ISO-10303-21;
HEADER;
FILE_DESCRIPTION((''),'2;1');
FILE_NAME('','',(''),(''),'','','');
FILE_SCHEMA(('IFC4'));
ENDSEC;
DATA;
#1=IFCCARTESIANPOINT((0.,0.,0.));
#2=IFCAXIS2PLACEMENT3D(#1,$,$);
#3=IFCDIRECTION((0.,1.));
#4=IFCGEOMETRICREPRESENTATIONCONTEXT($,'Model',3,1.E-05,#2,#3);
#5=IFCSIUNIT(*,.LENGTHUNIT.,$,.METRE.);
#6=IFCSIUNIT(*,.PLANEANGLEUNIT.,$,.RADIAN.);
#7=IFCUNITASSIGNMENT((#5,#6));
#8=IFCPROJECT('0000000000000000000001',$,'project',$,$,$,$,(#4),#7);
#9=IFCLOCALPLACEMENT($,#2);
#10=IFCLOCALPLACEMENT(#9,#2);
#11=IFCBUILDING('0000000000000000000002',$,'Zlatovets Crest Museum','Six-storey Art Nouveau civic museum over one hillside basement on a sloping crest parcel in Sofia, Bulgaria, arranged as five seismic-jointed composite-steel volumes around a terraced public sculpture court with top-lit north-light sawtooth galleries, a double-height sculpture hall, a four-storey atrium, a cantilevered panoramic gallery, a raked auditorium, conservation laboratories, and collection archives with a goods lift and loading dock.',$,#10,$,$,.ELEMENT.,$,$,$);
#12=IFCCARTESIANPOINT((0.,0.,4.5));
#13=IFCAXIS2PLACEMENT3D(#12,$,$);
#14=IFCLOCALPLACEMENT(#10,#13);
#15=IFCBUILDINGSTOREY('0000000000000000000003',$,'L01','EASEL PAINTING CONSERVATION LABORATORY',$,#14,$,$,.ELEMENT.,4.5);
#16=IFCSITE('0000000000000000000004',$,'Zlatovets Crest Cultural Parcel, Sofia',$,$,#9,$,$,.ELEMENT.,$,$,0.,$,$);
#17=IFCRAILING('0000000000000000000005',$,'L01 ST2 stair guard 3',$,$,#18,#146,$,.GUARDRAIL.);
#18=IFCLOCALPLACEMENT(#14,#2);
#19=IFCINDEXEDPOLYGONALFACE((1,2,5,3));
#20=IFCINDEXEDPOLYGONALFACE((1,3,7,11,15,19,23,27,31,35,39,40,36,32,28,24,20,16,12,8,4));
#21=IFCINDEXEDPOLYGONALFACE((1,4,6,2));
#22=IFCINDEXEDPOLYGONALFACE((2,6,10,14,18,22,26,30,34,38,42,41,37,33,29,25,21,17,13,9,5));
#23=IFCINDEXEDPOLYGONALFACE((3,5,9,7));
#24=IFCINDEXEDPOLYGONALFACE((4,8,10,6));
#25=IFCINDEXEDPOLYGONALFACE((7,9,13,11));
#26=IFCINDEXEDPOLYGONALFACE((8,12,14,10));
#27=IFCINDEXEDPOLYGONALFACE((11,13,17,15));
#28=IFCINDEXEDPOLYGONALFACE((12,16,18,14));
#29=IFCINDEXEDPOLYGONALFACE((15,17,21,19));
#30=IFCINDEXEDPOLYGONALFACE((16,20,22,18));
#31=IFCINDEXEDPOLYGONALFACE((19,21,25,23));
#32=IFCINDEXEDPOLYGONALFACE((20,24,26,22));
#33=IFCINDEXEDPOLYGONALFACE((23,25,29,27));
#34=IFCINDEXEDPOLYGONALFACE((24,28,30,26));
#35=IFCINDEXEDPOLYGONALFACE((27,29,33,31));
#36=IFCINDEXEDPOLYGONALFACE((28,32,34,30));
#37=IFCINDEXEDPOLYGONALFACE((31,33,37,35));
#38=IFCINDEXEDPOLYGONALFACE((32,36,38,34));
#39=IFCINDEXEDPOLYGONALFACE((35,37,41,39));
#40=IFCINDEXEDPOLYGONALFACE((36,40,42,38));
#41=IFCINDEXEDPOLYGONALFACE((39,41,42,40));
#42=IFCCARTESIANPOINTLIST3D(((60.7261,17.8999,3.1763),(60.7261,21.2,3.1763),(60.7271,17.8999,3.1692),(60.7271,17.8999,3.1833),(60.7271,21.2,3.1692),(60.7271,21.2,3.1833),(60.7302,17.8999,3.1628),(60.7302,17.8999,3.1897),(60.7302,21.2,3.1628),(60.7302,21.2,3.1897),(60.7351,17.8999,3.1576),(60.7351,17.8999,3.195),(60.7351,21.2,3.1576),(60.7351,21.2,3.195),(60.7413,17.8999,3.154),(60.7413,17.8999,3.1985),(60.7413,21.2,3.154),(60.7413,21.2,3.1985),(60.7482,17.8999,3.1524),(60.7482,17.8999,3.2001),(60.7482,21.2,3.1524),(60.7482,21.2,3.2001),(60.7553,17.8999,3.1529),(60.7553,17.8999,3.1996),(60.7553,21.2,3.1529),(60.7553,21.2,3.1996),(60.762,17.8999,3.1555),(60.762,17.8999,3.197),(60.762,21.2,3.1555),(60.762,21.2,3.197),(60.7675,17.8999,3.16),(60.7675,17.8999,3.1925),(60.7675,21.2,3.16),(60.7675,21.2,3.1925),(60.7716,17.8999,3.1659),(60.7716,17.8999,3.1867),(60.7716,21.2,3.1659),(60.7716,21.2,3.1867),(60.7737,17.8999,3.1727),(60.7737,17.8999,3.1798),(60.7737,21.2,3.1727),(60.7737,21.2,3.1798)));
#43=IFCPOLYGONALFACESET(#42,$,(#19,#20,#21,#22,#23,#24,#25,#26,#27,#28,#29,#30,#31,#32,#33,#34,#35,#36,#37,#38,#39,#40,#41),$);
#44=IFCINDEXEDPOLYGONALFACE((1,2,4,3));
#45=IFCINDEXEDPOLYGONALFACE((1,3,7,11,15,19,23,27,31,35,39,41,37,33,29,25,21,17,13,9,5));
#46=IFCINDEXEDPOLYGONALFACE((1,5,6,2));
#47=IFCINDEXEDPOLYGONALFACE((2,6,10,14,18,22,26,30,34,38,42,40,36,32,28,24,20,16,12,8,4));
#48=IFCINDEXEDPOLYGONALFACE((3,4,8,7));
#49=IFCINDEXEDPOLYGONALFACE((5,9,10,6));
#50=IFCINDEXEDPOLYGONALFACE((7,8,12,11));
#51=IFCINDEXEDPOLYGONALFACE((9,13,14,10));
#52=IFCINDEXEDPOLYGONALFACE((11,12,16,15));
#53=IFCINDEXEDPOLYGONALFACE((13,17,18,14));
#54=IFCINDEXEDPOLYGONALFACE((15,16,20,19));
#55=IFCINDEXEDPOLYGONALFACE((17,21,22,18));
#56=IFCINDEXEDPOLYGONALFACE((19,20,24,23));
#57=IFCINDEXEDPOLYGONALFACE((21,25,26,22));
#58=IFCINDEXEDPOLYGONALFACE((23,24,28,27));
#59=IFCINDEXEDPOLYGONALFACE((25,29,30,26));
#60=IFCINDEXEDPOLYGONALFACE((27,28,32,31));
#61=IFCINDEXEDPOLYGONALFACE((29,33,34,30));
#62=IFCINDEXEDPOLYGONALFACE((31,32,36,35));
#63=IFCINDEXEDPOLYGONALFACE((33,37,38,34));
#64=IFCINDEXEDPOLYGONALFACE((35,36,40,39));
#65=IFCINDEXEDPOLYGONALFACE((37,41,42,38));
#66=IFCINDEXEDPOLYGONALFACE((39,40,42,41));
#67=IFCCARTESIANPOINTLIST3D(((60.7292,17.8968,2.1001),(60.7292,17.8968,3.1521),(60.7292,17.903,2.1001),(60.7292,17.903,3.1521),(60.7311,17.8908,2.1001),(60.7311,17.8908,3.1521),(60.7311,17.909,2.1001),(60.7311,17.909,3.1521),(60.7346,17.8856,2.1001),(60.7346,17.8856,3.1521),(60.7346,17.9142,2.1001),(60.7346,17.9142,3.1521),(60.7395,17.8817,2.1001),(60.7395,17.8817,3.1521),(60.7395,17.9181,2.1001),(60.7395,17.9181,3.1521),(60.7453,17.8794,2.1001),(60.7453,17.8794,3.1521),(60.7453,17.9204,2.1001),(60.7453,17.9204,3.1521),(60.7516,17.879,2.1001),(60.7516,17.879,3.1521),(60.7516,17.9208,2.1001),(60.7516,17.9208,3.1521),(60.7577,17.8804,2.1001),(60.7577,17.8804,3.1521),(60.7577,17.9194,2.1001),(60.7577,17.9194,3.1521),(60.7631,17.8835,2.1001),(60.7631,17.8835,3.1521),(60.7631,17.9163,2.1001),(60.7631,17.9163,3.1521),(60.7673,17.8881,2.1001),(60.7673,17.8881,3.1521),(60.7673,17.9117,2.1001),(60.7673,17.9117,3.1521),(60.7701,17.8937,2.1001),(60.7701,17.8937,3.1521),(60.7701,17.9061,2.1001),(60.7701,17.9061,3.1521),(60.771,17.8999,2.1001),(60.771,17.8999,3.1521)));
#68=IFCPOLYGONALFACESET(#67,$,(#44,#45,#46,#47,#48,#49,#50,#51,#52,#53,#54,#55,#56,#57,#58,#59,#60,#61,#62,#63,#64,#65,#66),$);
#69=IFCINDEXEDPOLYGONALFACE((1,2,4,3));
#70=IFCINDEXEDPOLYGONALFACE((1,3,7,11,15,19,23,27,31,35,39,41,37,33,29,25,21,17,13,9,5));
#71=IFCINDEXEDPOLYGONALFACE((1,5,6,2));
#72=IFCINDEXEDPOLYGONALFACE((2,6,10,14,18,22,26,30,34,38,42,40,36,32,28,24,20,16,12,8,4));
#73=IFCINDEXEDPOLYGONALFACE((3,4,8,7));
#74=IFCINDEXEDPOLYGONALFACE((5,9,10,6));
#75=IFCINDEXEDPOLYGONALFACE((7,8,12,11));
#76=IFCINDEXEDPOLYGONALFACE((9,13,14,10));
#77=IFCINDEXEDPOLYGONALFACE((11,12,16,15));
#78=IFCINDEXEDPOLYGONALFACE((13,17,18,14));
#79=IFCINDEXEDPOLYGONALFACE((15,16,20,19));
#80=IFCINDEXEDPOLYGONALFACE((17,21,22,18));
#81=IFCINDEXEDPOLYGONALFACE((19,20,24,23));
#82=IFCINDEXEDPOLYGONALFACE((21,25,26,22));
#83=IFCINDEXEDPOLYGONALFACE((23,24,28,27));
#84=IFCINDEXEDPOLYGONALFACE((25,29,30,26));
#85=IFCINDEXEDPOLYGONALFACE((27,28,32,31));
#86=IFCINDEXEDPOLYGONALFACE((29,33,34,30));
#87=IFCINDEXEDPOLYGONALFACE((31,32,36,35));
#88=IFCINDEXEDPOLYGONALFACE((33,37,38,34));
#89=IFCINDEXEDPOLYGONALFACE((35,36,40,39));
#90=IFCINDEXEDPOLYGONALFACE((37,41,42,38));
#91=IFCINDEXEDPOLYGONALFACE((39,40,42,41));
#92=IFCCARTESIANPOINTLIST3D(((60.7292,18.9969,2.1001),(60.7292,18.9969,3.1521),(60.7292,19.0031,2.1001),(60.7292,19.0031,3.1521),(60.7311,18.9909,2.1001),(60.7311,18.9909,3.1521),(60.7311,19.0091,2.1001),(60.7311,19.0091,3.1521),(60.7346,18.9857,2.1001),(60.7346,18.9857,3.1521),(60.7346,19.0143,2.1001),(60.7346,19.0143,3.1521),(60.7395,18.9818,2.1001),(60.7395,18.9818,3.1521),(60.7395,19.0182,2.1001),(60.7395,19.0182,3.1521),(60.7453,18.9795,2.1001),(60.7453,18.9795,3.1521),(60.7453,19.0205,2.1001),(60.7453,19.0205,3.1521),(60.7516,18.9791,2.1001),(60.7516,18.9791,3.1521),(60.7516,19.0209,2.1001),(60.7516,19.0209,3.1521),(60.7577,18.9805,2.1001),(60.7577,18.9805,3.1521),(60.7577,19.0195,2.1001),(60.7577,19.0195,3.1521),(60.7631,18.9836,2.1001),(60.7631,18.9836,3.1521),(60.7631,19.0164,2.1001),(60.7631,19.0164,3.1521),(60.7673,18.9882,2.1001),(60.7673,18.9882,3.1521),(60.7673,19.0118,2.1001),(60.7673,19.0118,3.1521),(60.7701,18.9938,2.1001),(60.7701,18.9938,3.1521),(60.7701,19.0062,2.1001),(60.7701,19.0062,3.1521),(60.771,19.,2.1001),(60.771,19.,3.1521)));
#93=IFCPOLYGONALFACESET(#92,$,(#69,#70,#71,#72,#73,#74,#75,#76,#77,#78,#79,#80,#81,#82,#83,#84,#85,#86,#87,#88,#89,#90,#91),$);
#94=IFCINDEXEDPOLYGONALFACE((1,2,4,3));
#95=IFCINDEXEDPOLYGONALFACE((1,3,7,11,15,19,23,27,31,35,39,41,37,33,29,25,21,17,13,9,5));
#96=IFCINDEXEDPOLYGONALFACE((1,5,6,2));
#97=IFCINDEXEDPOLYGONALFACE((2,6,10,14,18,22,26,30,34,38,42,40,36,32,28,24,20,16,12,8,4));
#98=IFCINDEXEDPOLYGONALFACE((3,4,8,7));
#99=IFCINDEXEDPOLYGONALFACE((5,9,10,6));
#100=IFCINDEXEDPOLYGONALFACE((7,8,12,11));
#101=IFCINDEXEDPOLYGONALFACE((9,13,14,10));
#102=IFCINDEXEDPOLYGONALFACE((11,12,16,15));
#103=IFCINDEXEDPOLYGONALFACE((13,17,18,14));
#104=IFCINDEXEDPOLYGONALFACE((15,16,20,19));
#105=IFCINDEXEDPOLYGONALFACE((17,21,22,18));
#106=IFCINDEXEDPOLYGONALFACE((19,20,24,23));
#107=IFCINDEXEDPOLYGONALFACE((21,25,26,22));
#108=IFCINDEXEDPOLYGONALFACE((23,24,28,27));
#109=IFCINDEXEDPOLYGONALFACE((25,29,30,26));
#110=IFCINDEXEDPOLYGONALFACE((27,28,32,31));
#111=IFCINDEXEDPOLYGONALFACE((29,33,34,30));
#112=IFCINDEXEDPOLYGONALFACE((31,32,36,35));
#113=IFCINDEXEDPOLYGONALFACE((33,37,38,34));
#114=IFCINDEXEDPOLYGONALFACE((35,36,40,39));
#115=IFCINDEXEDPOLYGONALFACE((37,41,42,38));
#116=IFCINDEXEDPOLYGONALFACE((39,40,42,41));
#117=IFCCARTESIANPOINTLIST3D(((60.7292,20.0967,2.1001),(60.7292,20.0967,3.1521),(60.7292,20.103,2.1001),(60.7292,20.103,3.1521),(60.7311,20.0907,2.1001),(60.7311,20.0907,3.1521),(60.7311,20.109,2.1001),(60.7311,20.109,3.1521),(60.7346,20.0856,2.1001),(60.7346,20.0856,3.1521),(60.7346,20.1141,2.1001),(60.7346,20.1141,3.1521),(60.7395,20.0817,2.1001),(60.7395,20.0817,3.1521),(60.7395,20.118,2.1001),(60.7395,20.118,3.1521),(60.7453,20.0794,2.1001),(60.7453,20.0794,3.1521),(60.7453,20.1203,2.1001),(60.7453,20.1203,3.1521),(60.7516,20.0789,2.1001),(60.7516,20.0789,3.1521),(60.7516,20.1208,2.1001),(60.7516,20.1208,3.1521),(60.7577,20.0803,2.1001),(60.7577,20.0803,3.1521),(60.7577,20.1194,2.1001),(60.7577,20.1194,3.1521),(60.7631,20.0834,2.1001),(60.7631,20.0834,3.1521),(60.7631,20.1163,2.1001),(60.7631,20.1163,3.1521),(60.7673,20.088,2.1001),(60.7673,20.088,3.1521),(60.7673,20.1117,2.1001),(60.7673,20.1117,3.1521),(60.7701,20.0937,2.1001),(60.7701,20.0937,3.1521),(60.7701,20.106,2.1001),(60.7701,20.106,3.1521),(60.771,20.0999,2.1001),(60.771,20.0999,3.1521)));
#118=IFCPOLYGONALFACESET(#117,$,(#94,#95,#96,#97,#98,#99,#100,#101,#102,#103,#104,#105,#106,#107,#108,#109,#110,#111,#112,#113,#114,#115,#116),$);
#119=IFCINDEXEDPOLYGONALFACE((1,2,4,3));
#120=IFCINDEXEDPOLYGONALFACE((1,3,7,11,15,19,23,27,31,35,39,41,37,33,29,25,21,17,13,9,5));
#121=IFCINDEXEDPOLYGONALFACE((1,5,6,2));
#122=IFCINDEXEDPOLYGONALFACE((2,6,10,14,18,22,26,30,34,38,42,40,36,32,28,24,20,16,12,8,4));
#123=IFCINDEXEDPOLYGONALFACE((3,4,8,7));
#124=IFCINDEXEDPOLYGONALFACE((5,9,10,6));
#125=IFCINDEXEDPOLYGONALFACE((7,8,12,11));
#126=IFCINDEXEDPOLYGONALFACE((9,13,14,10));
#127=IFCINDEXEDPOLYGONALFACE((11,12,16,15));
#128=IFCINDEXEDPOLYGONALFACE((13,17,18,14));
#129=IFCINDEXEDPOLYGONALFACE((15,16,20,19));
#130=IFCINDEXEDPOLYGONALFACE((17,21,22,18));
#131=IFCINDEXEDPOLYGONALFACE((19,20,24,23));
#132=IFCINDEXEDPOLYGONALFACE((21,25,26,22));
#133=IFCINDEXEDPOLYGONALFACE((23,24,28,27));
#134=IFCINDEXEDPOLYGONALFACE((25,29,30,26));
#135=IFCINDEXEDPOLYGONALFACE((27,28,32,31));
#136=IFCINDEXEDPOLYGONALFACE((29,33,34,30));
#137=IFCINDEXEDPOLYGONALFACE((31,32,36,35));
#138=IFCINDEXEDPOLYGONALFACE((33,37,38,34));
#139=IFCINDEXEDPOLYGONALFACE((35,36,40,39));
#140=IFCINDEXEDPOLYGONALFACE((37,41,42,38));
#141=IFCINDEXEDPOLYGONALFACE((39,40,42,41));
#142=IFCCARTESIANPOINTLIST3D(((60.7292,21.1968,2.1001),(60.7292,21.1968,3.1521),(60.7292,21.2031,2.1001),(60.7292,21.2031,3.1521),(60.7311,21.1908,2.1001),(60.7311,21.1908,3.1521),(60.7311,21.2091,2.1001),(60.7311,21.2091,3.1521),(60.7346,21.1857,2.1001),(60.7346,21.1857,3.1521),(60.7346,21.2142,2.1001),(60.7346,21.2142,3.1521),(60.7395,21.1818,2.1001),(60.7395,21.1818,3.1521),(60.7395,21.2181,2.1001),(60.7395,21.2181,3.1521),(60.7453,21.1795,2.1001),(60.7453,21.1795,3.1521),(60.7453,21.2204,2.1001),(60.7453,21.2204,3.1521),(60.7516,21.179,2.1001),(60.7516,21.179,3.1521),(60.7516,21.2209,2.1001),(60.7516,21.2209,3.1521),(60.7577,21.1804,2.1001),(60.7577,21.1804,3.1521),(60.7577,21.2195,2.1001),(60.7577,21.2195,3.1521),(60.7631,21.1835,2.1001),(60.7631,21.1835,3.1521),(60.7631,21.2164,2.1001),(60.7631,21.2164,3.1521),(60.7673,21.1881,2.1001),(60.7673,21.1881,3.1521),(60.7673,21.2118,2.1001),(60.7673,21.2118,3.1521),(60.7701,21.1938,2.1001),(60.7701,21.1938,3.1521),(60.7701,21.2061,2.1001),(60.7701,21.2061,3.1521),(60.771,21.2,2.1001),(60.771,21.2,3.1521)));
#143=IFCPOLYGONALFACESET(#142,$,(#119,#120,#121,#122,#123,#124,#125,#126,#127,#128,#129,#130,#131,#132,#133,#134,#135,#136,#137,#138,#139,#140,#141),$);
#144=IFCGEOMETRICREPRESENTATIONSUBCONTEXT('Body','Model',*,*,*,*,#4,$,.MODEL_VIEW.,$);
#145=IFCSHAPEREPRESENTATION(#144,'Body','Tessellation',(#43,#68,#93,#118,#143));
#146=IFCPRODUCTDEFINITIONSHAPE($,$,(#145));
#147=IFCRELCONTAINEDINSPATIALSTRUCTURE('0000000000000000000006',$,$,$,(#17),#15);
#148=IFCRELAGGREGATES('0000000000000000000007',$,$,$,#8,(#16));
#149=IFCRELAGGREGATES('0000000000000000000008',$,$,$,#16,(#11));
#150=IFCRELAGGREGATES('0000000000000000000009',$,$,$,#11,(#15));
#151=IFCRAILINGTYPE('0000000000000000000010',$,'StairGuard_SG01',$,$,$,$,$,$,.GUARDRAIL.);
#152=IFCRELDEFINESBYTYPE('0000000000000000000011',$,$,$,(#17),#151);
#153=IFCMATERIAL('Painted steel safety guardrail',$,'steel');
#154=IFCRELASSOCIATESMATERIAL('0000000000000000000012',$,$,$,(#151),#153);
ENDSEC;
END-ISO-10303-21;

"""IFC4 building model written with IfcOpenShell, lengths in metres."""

from ifc_helpers import new_model, si_unit, direction, frame, origin, origin_2d, place, context, subcontext, project, spatial, circle, extrude, material, type_object, element, save


model = new_model("IFC4")

# Units and contexts
model_context = context("Model", 3, precision=1e-05, world=origin(), true_north=direction((0.0, 1.0)))
body_context = subcontext(model_context, "Body", "Model", "MODEL_VIEW")
ifc_project = project(units=[si_unit("LENGTHUNIT", "METRE"), si_unit("PLANEANGLEUNIT", "RADIAN")], contexts=[model_context])

# Site, building, storey
site_placement = place(None, origin())
site = spatial("IfcSite", under=ifc_project, at=site_placement, Name="Zlatovets Crest Cultural Parcel, Sofia", CompositionType="ELEMENT", RefElevation=0.0)
building_placement = place(site_placement, origin())
building = spatial("IfcBuilding", under=site, at=building_placement, Name="Zlatovets Crest Museum", Description="Six-storey Art Nouveau civic museum over one hillside basement on a sloping crest parcel in Sofia, Bulgaria, arranged as five seismic-jointed composite-steel volumes around a terraced public sculpture court with top-lit north-light sawtooth galleries, a double-height sculpture hall, a four-storey atrium, a cantilevered panoramic gallery, a raked auditorium, conservation laboratories, and collection archives with a goods lift and loading dock.", CompositionType="ELEMENT")
storey_placement = place(building_placement, frame((0.0, 0.0, 4.5)))
storey = spatial("IfcBuildingStorey", under=building, at=storey_placement, Name="L01", Description="EASEL PAINTING CONSERVATION LABORATORY", CompositionType="ELEMENT", Elevation=4.5)

# Railing
ifc_material_1 = material(Name="Painted steel safety guardrail", Category="steel")
railing_type_1 = type_object("IfcRailingType", Name="StairGuard_SG01", PredefinedType="GUARDRAIL", material=ifc_material_1)
for number, where, name in (
    (1, (60.75, 17.8999, 2.1001), "L01 ST2 stair guard 3"),
):
    element("IfcRailing", number, at=place(storey_placement, frame(where)), inside=storey, type_object=railing_type_1, Name=name, PredefinedType="GUARDRAIL", context=body_context, shape_type="SweptSolid", body=[
        extrude(circle(Radius=0.0239, at=origin_2d()), frame((0.0, 0.0, 1.0762), z_axis=(0.0, 1.0, 0.0), x_axis=(-1.0, 0.0, 0.0)), (0.0, 0.0, 1.0), 3.3),
        extrude(circle(Radius=0.021, at=origin_2d()), origin(), (0.0, 0.0, 1.0), 1.052),
        extrude(circle(Radius=0.021, at=origin_2d()), frame((0.0, 1.1001, 0.0)), (0.0, 0.0, 1.0), 1.052),
        extrude(circle(Radius=0.021, at=origin_2d()), frame((0.0, 2.2, 0.0)), (0.0, 0.0, 1.0), 1.052),
        extrude(circle(Radius=0.021, at=origin_2d()), frame((0.0, 3.3, 0.0)), (0.0, 0.0, 1.0), 1.052),
    ])

save(model, "model.ifc")
